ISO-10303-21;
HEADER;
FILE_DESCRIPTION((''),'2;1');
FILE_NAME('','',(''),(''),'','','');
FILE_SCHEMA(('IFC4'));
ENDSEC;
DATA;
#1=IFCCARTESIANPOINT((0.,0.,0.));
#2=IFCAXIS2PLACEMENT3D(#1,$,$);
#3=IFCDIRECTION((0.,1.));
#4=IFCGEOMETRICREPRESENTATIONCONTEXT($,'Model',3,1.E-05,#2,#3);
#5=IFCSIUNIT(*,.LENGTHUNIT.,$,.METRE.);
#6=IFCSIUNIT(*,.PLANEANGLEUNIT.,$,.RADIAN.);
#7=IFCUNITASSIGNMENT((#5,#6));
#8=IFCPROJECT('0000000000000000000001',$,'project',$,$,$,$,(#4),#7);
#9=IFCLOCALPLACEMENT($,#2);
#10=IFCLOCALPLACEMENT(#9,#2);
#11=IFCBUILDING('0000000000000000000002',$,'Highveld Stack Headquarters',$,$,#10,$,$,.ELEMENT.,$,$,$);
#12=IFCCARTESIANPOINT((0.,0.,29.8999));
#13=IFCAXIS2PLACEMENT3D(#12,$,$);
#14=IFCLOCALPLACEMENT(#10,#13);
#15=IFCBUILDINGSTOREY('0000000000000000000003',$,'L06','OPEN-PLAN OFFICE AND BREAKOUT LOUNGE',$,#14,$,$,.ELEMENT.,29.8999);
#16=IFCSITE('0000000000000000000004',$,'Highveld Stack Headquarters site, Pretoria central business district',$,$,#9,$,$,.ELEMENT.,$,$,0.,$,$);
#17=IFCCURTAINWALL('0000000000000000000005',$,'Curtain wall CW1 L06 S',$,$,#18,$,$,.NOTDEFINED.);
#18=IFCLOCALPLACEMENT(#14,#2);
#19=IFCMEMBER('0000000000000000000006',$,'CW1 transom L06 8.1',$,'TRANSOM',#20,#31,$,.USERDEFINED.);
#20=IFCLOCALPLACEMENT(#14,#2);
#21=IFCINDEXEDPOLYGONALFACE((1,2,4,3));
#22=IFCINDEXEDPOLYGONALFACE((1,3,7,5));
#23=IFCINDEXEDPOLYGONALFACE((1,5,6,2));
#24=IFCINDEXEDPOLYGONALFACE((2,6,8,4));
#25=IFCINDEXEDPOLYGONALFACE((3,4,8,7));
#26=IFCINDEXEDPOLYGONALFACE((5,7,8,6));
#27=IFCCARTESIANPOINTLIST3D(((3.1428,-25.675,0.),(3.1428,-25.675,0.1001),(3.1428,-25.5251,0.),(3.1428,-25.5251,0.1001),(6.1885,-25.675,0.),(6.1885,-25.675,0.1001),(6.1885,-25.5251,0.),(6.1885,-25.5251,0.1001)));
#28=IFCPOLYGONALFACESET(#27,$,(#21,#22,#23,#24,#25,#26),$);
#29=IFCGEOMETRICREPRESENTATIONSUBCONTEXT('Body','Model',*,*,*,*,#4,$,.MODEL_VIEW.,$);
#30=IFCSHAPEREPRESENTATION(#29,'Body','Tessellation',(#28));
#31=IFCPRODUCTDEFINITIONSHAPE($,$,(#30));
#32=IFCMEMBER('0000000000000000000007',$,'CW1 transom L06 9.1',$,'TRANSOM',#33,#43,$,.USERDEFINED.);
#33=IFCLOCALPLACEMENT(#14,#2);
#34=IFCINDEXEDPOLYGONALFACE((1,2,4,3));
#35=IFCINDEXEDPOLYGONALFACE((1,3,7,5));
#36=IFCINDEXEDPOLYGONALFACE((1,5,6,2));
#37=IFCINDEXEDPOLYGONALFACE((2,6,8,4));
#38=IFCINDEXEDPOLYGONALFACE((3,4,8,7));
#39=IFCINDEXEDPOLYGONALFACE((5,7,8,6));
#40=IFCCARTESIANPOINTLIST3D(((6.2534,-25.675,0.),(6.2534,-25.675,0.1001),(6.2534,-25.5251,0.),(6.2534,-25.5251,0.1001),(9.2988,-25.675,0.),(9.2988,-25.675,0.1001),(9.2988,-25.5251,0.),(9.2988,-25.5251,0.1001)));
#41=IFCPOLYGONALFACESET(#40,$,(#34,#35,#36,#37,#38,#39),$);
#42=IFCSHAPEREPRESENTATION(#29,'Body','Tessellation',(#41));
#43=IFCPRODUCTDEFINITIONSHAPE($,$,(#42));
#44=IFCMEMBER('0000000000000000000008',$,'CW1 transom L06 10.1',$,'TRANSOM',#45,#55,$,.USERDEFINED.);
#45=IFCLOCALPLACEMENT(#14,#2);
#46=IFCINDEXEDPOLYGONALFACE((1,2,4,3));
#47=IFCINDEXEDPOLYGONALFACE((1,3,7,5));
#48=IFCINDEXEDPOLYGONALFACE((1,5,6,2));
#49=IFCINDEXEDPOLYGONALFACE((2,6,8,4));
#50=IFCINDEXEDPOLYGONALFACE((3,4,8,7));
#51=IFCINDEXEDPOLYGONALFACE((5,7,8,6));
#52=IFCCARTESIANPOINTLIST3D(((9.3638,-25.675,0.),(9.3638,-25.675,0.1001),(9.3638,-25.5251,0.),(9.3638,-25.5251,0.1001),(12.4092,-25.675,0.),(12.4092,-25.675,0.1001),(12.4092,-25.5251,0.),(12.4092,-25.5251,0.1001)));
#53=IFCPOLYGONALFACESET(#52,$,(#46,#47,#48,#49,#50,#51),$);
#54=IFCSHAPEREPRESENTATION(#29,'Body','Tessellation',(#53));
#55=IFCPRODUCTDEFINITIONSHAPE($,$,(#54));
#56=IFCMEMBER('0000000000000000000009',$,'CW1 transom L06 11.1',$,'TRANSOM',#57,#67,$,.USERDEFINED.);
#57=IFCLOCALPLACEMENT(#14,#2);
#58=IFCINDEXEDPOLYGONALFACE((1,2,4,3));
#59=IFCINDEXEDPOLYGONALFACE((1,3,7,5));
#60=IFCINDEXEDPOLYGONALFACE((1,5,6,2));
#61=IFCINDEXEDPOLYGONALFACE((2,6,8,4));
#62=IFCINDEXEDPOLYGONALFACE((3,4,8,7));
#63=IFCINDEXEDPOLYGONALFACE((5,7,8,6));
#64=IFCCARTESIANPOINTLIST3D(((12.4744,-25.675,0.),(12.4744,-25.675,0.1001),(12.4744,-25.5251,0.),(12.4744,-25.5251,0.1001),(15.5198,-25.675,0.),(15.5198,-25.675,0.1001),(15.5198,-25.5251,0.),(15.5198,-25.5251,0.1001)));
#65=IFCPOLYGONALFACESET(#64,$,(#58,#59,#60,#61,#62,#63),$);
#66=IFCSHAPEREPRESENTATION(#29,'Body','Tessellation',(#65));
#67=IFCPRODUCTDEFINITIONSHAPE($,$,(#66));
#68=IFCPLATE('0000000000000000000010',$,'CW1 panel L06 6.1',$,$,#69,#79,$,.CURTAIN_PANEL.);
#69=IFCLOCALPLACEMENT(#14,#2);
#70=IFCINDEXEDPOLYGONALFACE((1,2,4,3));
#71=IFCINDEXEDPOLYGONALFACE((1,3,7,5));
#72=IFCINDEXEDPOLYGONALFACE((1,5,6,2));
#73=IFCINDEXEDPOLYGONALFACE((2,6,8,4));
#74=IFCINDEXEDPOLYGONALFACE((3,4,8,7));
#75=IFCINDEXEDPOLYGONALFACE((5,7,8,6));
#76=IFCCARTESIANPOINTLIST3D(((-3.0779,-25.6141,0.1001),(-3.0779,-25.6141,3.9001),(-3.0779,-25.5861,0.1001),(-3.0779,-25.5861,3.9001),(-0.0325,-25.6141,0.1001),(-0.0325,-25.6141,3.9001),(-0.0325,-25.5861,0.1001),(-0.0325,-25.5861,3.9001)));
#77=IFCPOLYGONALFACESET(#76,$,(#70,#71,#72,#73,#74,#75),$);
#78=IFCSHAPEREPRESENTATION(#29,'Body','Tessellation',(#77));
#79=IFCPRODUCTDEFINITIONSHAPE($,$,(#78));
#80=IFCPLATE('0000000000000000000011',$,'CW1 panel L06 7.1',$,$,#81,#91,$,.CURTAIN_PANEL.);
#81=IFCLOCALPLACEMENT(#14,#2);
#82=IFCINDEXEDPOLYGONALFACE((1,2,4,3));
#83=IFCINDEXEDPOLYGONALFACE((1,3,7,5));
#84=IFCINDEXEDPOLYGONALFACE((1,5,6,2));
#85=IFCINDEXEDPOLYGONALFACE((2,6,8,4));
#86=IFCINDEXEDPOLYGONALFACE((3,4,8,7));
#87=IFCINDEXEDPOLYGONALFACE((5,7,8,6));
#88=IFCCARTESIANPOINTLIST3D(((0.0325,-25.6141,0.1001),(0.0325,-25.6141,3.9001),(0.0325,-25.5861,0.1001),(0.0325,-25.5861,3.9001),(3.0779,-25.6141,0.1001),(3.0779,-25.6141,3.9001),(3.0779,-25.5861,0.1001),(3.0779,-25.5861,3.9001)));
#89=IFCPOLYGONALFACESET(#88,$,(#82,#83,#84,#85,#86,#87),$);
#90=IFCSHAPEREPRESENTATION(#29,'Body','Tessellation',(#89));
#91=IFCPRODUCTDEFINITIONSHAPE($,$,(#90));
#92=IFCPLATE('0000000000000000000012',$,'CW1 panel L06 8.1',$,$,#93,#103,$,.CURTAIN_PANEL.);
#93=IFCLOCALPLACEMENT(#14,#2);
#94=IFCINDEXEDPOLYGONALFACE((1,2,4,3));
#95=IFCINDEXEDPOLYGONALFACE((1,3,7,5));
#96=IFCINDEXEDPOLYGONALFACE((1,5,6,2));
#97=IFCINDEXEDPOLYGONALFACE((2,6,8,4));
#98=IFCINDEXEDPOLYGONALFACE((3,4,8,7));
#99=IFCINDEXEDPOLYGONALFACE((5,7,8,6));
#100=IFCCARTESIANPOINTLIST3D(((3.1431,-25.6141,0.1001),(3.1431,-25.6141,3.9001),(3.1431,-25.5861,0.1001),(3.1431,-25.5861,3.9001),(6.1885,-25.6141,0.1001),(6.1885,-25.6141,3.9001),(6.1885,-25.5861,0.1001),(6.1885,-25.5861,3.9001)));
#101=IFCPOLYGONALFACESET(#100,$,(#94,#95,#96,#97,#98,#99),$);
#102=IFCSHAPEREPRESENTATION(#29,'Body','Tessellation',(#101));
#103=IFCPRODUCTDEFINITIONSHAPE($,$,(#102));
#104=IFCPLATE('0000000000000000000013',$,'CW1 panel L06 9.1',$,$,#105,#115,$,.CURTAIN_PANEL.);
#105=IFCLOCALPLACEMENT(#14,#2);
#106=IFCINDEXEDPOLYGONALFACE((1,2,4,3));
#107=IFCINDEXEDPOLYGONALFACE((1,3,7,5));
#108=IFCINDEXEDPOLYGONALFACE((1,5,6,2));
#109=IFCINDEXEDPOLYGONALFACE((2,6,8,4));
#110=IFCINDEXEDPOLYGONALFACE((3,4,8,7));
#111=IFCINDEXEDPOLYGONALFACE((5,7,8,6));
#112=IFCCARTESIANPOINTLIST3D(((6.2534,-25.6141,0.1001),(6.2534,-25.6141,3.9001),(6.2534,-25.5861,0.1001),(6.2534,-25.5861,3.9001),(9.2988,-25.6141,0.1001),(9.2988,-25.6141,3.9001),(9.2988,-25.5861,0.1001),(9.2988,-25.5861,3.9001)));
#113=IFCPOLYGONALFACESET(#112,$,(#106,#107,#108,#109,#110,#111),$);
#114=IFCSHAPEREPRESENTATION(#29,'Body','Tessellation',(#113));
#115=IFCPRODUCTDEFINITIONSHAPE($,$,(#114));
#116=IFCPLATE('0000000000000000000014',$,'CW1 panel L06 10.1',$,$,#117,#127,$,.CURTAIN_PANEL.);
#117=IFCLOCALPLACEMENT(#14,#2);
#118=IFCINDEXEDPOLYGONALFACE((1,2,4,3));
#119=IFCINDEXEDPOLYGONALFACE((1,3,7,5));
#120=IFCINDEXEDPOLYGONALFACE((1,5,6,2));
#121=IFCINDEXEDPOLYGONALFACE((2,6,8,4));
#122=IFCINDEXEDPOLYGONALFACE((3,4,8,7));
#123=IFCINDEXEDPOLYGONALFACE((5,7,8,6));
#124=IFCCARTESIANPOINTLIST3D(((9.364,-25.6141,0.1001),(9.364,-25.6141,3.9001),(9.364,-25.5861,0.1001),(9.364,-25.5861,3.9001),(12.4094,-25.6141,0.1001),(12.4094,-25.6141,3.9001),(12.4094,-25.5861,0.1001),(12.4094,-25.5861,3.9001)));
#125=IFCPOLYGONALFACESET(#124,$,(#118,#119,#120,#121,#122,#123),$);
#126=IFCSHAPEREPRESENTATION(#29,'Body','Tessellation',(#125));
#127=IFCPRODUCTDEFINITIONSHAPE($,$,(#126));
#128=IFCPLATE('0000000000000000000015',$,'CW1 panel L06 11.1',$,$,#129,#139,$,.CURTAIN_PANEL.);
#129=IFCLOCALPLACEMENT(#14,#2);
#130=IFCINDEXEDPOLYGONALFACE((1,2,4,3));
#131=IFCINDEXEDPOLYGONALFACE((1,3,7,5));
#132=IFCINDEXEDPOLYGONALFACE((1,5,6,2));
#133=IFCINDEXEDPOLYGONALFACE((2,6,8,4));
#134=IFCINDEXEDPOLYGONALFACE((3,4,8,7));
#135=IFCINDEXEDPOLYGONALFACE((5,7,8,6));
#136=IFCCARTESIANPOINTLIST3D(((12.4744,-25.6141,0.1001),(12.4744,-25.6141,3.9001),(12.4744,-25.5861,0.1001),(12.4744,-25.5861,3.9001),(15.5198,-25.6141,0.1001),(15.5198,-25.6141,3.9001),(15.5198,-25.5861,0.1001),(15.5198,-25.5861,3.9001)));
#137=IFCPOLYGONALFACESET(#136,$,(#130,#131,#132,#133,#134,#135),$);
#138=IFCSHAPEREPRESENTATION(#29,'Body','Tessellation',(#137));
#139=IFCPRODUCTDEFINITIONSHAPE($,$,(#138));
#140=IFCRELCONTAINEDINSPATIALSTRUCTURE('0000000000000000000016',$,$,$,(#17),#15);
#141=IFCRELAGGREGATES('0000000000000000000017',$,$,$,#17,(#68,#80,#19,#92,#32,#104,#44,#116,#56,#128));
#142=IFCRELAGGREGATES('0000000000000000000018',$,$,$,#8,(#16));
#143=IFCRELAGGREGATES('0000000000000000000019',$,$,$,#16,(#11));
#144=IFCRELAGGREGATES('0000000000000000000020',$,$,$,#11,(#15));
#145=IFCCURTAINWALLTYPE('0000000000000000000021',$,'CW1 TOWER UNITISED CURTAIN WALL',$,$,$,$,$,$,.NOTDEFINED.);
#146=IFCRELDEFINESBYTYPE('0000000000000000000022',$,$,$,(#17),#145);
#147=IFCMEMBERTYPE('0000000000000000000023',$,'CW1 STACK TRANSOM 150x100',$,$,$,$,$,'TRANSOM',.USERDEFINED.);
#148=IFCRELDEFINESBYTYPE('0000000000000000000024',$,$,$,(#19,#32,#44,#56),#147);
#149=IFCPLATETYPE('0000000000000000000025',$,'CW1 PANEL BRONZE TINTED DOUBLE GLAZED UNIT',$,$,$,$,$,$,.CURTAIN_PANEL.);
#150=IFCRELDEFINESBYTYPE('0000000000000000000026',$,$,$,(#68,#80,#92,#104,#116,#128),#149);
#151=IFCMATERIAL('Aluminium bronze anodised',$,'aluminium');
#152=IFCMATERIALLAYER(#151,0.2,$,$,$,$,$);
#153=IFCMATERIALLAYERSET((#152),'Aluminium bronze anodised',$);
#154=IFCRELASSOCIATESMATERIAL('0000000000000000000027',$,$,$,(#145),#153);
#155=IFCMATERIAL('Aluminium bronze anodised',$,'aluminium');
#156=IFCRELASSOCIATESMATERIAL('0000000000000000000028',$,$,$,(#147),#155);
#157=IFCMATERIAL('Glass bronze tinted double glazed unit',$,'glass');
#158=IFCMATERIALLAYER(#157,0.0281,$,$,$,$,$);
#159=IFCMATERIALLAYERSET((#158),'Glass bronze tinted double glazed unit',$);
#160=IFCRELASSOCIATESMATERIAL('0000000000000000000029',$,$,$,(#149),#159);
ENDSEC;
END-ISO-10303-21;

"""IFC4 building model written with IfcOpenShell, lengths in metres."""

from ifc_helpers import new_model, si_unit, direction, frame, origin, origin_2d, place, context, subcontext, project, spatial, rectangle, extrude, material, layer, layer_set, material_profile, profile_set, type_object, element, aggregate, save


model = new_model("IFC4")

# Units and contexts
model_context = context("Model", 3, precision=1e-05, world=origin(), true_north=direction((0.0, 1.0)))
body_context = subcontext(model_context, "Body", "Model", "MODEL_VIEW")
ifc_project = project(units=[si_unit("LENGTHUNIT", "METRE"), si_unit("PLANEANGLEUNIT", "RADIAN")], contexts=[model_context])

# Site, building, storey
site_placement = place(None, origin())
site = spatial("IfcSite", under=ifc_project, at=site_placement, Name="Highveld Stack Headquarters site, Pretoria central business district", CompositionType="ELEMENT", RefElevation=0.0)
building_placement = place(site_placement, origin())
building = spatial("IfcBuilding", under=site, at=building_placement, Name="Highveld Stack Headquarters", CompositionType="ELEMENT")
storey_placement = place(building_placement, frame((0.0, 0.0, 29.8999)))
storey = spatial("IfcBuildingStorey", under=building, at=storey_placement, Name="L06", Description="OPEN-PLAN OFFICE AND BREAKOUT LOUNGE", CompositionType="ELEMENT", Elevation=29.8999)

# Curtain wall, members, plates
ifc_material_1 = material(Name="Aluminium bronze anodised", Category="aluminium")
ifc_layer_1 = layer(ifc_material_1, 0.2)
ifc_layer_set_1 = layer_set([ifc_layer_1], Name="Aluminium bronze anodised")
curtain_wall_type = type_object("IfcCurtainWallType", Name="CW1 TOWER UNITISED CURTAIN WALL", PredefinedType="NOTDEFINED", material=ifc_layer_set_1)
curtain_wall_placement = place(storey_placement, origin())
curtain_wall = element("IfcCurtainWall", 1, at=curtain_wall_placement, inside=storey, type_object=curtain_wall_type, Name="Curtain wall CW1 L06 S", PredefinedType="NOTDEFINED")
ifc_material_2 = material(Name="Aluminium bronze anodised", Category="aluminium")
ifc_material_profile_1 = material_profile(ifc_material_2, rectangle(XDim=0.1499, YDim=0.1001, at=origin_2d()), Name="CW1 TRANSOM 150x100")
ifc_profile_set_1 = profile_set([ifc_material_profile_1], Name="Aluminium bronze anodised")
member_type_1 = type_object("IfcMemberType", Name="CW1 STACK TRANSOM 150x100", ElementType="TRANSOM", PredefinedType="USERDEFINED", material=ifc_profile_set_1)
member_1_placement = place(storey_placement, frame((3.1428, -25.6001, 0.05), z_axis=(1.0, 0.0, 0.0), x_axis=(0.0, 1.0, 0.0)))
member_1 = element("IfcMember", 2, at=member_1_placement, type_object=member_type_1, Name="CW1 transom L06 8.1", ObjectType="TRANSOM", PredefinedType="USERDEFINED", context=body_context, shape_type="SweptSolid", body=[
    extrude(rectangle(XDim=0.1499, YDim=0.1001, at=origin_2d()), origin(), (0.0, 0.0, 1.0), 3.0457),
])
member_2_placement = place(storey_placement, frame((6.2534, -25.6001, 0.05), z_axis=(1.0, 0.0, 0.0), x_axis=(0.0, 1.0, 0.0)))
member_2 = element("IfcMember", 3, at=member_2_placement, type_object=member_type_1, Name="CW1 transom L06 9.1", ObjectType="TRANSOM", PredefinedType="USERDEFINED", context=body_context, shape_type="SweptSolid", body=[
    extrude(rectangle(XDim=0.1499, YDim=0.1001, at=origin_2d()), origin(), (0.0, 0.0, 1.0), 3.0454),
])
member_3_placement = place(storey_placement, frame((9.3638, -25.6001, 0.05), z_axis=(1.0, 0.0, 0.0), x_axis=(0.0, 1.0, 0.0)))
member_3 = element("IfcMember", 4, at=member_3_placement, type_object=member_type_1, Name="CW1 transom L06 10.1", ObjectType="TRANSOM", PredefinedType="USERDEFINED", context=body_context, shape_type="SweptSolid", body=[
    extrude(rectangle(XDim=0.1499, YDim=0.1001, at=origin_2d()), origin(), (0.0, 0.0, 1.0), 3.0454),
])
member_4_placement = place(storey_placement, frame((12.4744, -25.6001, 0.05), z_axis=(1.0, 0.0, 0.0), x_axis=(0.0, 1.0, 0.0)))
member_4 = element("IfcMember", 5, at=member_4_placement, type_object=member_type_1, Name="CW1 transom L06 11.1", ObjectType="TRANSOM", PredefinedType="USERDEFINED", context=body_context, shape_type="SweptSolid", body=[
    extrude(rectangle(XDim=0.1499, YDim=0.1001, at=origin_2d()), origin(), (0.0, 0.0, 1.0), 3.0454),
])
ifc_material_3 = material(Name="Glass bronze tinted double glazed unit", Category="glass")
ifc_layer_2 = layer(ifc_material_3, 0.0281)
ifc_layer_set_2 = layer_set([ifc_layer_2], Name="Glass bronze tinted double glazed unit")
plate_type = type_object("IfcPlateType", Name="CW1 PANEL BRONZE TINTED DOUBLE GLAZED UNIT", PredefinedType="CURTAIN_PANEL", material=ifc_layer_set_2)
plate_1_placement = place(storey_placement, frame((-1.5552, -25.6001, 0.1001), z_axis=(0.0, 0.0, 1.0), x_axis=(1.0, 0.0, 0.0)))
plate_1 = element("IfcPlate", 6, at=plate_1_placement, type_object=plate_type, Name="CW1 panel L06 6.1", PredefinedType="CURTAIN_PANEL", context=body_context, shape_type="SweptSolid", body=[
    extrude(rectangle(XDim=3.0454, YDim=0.0281, at=origin_2d()), origin(), (0.0, 0.0, 1.0), 3.8),
])
plate_2_placement = place(storey_placement, frame((1.5552, -25.6001, 0.1001), z_axis=(0.0, 0.0, 1.0), x_axis=(1.0, 0.0, 0.0)))
plate_2 = element("IfcPlate", 7, at=plate_2_placement, type_object=plate_type, Name="CW1 panel L06 7.1", PredefinedType="CURTAIN_PANEL", context=body_context, shape_type="SweptSolid", body=[
    extrude(rectangle(XDim=3.0454, YDim=0.0281, at=origin_2d()), origin(), (0.0, 0.0, 1.0), 3.8),
])
plate_3_placement = place(storey_placement, frame((4.6658, -25.6001, 0.1001), z_axis=(0.0, 0.0, 1.0), x_axis=(1.0, 0.0, 0.0)))
plate_3 = element("IfcPlate", 8, at=plate_3_placement, type_object=plate_type, Name="CW1 panel L06 8.1", PredefinedType="CURTAIN_PANEL", context=body_context, shape_type="SweptSolid", body=[
    extrude(rectangle(XDim=3.0454, YDim=0.0281, at=origin_2d()), origin(), (0.0, 0.0, 1.0), 3.8),
])
plate_4_placement = place(storey_placement, frame((7.7761, -25.6001, 0.1001), z_axis=(0.0, 0.0, 1.0), x_axis=(1.0, 0.0, 0.0)))
plate_4 = element("IfcPlate", 9, at=plate_4_placement, type_object=plate_type, Name="CW1 panel L06 9.1", PredefinedType="CURTAIN_PANEL", context=body_context, shape_type="SweptSolid", body=[
    extrude(rectangle(XDim=3.0454, YDim=0.0281, at=origin_2d()), origin(), (0.0, 0.0, 1.0), 3.8),
])
plate_5_placement = place(storey_placement, frame((10.8867, -25.6001, 0.1001), z_axis=(0.0, 0.0, 1.0), x_axis=(1.0, 0.0, 0.0)))
plate_5 = element("IfcPlate", 10, at=plate_5_placement, type_object=plate_type, Name="CW1 panel L06 10.1", PredefinedType="CURTAIN_PANEL", context=body_context, shape_type="SweptSolid", body=[
    extrude(rectangle(XDim=3.0454, YDim=0.0281, at=origin_2d()), origin(), (0.0, 0.0, 1.0), 3.8),
])
plate_6_placement = place(storey_placement, frame((13.9971, -25.6001, 0.1001), z_axis=(0.0, 0.0, 1.0), x_axis=(1.0, 0.0, 0.0)))
plate_6 = element("IfcPlate", 11, at=plate_6_placement, type_object=plate_type, Name="CW1 panel L06 11.1", PredefinedType="CURTAIN_PANEL", context=body_context, shape_type="SweptSolid", body=[
    extrude(rectangle(XDim=3.0454, YDim=0.0281, at=origin_2d()), origin(), (0.0, 0.0, 1.0), 3.8),
])
aggregate(curtain_wall, [plate_1, plate_2, member_1, plate_3, member_2, plate_4, member_3, plate_5, member_4, plate_6])

save(model, "model.ifc")
